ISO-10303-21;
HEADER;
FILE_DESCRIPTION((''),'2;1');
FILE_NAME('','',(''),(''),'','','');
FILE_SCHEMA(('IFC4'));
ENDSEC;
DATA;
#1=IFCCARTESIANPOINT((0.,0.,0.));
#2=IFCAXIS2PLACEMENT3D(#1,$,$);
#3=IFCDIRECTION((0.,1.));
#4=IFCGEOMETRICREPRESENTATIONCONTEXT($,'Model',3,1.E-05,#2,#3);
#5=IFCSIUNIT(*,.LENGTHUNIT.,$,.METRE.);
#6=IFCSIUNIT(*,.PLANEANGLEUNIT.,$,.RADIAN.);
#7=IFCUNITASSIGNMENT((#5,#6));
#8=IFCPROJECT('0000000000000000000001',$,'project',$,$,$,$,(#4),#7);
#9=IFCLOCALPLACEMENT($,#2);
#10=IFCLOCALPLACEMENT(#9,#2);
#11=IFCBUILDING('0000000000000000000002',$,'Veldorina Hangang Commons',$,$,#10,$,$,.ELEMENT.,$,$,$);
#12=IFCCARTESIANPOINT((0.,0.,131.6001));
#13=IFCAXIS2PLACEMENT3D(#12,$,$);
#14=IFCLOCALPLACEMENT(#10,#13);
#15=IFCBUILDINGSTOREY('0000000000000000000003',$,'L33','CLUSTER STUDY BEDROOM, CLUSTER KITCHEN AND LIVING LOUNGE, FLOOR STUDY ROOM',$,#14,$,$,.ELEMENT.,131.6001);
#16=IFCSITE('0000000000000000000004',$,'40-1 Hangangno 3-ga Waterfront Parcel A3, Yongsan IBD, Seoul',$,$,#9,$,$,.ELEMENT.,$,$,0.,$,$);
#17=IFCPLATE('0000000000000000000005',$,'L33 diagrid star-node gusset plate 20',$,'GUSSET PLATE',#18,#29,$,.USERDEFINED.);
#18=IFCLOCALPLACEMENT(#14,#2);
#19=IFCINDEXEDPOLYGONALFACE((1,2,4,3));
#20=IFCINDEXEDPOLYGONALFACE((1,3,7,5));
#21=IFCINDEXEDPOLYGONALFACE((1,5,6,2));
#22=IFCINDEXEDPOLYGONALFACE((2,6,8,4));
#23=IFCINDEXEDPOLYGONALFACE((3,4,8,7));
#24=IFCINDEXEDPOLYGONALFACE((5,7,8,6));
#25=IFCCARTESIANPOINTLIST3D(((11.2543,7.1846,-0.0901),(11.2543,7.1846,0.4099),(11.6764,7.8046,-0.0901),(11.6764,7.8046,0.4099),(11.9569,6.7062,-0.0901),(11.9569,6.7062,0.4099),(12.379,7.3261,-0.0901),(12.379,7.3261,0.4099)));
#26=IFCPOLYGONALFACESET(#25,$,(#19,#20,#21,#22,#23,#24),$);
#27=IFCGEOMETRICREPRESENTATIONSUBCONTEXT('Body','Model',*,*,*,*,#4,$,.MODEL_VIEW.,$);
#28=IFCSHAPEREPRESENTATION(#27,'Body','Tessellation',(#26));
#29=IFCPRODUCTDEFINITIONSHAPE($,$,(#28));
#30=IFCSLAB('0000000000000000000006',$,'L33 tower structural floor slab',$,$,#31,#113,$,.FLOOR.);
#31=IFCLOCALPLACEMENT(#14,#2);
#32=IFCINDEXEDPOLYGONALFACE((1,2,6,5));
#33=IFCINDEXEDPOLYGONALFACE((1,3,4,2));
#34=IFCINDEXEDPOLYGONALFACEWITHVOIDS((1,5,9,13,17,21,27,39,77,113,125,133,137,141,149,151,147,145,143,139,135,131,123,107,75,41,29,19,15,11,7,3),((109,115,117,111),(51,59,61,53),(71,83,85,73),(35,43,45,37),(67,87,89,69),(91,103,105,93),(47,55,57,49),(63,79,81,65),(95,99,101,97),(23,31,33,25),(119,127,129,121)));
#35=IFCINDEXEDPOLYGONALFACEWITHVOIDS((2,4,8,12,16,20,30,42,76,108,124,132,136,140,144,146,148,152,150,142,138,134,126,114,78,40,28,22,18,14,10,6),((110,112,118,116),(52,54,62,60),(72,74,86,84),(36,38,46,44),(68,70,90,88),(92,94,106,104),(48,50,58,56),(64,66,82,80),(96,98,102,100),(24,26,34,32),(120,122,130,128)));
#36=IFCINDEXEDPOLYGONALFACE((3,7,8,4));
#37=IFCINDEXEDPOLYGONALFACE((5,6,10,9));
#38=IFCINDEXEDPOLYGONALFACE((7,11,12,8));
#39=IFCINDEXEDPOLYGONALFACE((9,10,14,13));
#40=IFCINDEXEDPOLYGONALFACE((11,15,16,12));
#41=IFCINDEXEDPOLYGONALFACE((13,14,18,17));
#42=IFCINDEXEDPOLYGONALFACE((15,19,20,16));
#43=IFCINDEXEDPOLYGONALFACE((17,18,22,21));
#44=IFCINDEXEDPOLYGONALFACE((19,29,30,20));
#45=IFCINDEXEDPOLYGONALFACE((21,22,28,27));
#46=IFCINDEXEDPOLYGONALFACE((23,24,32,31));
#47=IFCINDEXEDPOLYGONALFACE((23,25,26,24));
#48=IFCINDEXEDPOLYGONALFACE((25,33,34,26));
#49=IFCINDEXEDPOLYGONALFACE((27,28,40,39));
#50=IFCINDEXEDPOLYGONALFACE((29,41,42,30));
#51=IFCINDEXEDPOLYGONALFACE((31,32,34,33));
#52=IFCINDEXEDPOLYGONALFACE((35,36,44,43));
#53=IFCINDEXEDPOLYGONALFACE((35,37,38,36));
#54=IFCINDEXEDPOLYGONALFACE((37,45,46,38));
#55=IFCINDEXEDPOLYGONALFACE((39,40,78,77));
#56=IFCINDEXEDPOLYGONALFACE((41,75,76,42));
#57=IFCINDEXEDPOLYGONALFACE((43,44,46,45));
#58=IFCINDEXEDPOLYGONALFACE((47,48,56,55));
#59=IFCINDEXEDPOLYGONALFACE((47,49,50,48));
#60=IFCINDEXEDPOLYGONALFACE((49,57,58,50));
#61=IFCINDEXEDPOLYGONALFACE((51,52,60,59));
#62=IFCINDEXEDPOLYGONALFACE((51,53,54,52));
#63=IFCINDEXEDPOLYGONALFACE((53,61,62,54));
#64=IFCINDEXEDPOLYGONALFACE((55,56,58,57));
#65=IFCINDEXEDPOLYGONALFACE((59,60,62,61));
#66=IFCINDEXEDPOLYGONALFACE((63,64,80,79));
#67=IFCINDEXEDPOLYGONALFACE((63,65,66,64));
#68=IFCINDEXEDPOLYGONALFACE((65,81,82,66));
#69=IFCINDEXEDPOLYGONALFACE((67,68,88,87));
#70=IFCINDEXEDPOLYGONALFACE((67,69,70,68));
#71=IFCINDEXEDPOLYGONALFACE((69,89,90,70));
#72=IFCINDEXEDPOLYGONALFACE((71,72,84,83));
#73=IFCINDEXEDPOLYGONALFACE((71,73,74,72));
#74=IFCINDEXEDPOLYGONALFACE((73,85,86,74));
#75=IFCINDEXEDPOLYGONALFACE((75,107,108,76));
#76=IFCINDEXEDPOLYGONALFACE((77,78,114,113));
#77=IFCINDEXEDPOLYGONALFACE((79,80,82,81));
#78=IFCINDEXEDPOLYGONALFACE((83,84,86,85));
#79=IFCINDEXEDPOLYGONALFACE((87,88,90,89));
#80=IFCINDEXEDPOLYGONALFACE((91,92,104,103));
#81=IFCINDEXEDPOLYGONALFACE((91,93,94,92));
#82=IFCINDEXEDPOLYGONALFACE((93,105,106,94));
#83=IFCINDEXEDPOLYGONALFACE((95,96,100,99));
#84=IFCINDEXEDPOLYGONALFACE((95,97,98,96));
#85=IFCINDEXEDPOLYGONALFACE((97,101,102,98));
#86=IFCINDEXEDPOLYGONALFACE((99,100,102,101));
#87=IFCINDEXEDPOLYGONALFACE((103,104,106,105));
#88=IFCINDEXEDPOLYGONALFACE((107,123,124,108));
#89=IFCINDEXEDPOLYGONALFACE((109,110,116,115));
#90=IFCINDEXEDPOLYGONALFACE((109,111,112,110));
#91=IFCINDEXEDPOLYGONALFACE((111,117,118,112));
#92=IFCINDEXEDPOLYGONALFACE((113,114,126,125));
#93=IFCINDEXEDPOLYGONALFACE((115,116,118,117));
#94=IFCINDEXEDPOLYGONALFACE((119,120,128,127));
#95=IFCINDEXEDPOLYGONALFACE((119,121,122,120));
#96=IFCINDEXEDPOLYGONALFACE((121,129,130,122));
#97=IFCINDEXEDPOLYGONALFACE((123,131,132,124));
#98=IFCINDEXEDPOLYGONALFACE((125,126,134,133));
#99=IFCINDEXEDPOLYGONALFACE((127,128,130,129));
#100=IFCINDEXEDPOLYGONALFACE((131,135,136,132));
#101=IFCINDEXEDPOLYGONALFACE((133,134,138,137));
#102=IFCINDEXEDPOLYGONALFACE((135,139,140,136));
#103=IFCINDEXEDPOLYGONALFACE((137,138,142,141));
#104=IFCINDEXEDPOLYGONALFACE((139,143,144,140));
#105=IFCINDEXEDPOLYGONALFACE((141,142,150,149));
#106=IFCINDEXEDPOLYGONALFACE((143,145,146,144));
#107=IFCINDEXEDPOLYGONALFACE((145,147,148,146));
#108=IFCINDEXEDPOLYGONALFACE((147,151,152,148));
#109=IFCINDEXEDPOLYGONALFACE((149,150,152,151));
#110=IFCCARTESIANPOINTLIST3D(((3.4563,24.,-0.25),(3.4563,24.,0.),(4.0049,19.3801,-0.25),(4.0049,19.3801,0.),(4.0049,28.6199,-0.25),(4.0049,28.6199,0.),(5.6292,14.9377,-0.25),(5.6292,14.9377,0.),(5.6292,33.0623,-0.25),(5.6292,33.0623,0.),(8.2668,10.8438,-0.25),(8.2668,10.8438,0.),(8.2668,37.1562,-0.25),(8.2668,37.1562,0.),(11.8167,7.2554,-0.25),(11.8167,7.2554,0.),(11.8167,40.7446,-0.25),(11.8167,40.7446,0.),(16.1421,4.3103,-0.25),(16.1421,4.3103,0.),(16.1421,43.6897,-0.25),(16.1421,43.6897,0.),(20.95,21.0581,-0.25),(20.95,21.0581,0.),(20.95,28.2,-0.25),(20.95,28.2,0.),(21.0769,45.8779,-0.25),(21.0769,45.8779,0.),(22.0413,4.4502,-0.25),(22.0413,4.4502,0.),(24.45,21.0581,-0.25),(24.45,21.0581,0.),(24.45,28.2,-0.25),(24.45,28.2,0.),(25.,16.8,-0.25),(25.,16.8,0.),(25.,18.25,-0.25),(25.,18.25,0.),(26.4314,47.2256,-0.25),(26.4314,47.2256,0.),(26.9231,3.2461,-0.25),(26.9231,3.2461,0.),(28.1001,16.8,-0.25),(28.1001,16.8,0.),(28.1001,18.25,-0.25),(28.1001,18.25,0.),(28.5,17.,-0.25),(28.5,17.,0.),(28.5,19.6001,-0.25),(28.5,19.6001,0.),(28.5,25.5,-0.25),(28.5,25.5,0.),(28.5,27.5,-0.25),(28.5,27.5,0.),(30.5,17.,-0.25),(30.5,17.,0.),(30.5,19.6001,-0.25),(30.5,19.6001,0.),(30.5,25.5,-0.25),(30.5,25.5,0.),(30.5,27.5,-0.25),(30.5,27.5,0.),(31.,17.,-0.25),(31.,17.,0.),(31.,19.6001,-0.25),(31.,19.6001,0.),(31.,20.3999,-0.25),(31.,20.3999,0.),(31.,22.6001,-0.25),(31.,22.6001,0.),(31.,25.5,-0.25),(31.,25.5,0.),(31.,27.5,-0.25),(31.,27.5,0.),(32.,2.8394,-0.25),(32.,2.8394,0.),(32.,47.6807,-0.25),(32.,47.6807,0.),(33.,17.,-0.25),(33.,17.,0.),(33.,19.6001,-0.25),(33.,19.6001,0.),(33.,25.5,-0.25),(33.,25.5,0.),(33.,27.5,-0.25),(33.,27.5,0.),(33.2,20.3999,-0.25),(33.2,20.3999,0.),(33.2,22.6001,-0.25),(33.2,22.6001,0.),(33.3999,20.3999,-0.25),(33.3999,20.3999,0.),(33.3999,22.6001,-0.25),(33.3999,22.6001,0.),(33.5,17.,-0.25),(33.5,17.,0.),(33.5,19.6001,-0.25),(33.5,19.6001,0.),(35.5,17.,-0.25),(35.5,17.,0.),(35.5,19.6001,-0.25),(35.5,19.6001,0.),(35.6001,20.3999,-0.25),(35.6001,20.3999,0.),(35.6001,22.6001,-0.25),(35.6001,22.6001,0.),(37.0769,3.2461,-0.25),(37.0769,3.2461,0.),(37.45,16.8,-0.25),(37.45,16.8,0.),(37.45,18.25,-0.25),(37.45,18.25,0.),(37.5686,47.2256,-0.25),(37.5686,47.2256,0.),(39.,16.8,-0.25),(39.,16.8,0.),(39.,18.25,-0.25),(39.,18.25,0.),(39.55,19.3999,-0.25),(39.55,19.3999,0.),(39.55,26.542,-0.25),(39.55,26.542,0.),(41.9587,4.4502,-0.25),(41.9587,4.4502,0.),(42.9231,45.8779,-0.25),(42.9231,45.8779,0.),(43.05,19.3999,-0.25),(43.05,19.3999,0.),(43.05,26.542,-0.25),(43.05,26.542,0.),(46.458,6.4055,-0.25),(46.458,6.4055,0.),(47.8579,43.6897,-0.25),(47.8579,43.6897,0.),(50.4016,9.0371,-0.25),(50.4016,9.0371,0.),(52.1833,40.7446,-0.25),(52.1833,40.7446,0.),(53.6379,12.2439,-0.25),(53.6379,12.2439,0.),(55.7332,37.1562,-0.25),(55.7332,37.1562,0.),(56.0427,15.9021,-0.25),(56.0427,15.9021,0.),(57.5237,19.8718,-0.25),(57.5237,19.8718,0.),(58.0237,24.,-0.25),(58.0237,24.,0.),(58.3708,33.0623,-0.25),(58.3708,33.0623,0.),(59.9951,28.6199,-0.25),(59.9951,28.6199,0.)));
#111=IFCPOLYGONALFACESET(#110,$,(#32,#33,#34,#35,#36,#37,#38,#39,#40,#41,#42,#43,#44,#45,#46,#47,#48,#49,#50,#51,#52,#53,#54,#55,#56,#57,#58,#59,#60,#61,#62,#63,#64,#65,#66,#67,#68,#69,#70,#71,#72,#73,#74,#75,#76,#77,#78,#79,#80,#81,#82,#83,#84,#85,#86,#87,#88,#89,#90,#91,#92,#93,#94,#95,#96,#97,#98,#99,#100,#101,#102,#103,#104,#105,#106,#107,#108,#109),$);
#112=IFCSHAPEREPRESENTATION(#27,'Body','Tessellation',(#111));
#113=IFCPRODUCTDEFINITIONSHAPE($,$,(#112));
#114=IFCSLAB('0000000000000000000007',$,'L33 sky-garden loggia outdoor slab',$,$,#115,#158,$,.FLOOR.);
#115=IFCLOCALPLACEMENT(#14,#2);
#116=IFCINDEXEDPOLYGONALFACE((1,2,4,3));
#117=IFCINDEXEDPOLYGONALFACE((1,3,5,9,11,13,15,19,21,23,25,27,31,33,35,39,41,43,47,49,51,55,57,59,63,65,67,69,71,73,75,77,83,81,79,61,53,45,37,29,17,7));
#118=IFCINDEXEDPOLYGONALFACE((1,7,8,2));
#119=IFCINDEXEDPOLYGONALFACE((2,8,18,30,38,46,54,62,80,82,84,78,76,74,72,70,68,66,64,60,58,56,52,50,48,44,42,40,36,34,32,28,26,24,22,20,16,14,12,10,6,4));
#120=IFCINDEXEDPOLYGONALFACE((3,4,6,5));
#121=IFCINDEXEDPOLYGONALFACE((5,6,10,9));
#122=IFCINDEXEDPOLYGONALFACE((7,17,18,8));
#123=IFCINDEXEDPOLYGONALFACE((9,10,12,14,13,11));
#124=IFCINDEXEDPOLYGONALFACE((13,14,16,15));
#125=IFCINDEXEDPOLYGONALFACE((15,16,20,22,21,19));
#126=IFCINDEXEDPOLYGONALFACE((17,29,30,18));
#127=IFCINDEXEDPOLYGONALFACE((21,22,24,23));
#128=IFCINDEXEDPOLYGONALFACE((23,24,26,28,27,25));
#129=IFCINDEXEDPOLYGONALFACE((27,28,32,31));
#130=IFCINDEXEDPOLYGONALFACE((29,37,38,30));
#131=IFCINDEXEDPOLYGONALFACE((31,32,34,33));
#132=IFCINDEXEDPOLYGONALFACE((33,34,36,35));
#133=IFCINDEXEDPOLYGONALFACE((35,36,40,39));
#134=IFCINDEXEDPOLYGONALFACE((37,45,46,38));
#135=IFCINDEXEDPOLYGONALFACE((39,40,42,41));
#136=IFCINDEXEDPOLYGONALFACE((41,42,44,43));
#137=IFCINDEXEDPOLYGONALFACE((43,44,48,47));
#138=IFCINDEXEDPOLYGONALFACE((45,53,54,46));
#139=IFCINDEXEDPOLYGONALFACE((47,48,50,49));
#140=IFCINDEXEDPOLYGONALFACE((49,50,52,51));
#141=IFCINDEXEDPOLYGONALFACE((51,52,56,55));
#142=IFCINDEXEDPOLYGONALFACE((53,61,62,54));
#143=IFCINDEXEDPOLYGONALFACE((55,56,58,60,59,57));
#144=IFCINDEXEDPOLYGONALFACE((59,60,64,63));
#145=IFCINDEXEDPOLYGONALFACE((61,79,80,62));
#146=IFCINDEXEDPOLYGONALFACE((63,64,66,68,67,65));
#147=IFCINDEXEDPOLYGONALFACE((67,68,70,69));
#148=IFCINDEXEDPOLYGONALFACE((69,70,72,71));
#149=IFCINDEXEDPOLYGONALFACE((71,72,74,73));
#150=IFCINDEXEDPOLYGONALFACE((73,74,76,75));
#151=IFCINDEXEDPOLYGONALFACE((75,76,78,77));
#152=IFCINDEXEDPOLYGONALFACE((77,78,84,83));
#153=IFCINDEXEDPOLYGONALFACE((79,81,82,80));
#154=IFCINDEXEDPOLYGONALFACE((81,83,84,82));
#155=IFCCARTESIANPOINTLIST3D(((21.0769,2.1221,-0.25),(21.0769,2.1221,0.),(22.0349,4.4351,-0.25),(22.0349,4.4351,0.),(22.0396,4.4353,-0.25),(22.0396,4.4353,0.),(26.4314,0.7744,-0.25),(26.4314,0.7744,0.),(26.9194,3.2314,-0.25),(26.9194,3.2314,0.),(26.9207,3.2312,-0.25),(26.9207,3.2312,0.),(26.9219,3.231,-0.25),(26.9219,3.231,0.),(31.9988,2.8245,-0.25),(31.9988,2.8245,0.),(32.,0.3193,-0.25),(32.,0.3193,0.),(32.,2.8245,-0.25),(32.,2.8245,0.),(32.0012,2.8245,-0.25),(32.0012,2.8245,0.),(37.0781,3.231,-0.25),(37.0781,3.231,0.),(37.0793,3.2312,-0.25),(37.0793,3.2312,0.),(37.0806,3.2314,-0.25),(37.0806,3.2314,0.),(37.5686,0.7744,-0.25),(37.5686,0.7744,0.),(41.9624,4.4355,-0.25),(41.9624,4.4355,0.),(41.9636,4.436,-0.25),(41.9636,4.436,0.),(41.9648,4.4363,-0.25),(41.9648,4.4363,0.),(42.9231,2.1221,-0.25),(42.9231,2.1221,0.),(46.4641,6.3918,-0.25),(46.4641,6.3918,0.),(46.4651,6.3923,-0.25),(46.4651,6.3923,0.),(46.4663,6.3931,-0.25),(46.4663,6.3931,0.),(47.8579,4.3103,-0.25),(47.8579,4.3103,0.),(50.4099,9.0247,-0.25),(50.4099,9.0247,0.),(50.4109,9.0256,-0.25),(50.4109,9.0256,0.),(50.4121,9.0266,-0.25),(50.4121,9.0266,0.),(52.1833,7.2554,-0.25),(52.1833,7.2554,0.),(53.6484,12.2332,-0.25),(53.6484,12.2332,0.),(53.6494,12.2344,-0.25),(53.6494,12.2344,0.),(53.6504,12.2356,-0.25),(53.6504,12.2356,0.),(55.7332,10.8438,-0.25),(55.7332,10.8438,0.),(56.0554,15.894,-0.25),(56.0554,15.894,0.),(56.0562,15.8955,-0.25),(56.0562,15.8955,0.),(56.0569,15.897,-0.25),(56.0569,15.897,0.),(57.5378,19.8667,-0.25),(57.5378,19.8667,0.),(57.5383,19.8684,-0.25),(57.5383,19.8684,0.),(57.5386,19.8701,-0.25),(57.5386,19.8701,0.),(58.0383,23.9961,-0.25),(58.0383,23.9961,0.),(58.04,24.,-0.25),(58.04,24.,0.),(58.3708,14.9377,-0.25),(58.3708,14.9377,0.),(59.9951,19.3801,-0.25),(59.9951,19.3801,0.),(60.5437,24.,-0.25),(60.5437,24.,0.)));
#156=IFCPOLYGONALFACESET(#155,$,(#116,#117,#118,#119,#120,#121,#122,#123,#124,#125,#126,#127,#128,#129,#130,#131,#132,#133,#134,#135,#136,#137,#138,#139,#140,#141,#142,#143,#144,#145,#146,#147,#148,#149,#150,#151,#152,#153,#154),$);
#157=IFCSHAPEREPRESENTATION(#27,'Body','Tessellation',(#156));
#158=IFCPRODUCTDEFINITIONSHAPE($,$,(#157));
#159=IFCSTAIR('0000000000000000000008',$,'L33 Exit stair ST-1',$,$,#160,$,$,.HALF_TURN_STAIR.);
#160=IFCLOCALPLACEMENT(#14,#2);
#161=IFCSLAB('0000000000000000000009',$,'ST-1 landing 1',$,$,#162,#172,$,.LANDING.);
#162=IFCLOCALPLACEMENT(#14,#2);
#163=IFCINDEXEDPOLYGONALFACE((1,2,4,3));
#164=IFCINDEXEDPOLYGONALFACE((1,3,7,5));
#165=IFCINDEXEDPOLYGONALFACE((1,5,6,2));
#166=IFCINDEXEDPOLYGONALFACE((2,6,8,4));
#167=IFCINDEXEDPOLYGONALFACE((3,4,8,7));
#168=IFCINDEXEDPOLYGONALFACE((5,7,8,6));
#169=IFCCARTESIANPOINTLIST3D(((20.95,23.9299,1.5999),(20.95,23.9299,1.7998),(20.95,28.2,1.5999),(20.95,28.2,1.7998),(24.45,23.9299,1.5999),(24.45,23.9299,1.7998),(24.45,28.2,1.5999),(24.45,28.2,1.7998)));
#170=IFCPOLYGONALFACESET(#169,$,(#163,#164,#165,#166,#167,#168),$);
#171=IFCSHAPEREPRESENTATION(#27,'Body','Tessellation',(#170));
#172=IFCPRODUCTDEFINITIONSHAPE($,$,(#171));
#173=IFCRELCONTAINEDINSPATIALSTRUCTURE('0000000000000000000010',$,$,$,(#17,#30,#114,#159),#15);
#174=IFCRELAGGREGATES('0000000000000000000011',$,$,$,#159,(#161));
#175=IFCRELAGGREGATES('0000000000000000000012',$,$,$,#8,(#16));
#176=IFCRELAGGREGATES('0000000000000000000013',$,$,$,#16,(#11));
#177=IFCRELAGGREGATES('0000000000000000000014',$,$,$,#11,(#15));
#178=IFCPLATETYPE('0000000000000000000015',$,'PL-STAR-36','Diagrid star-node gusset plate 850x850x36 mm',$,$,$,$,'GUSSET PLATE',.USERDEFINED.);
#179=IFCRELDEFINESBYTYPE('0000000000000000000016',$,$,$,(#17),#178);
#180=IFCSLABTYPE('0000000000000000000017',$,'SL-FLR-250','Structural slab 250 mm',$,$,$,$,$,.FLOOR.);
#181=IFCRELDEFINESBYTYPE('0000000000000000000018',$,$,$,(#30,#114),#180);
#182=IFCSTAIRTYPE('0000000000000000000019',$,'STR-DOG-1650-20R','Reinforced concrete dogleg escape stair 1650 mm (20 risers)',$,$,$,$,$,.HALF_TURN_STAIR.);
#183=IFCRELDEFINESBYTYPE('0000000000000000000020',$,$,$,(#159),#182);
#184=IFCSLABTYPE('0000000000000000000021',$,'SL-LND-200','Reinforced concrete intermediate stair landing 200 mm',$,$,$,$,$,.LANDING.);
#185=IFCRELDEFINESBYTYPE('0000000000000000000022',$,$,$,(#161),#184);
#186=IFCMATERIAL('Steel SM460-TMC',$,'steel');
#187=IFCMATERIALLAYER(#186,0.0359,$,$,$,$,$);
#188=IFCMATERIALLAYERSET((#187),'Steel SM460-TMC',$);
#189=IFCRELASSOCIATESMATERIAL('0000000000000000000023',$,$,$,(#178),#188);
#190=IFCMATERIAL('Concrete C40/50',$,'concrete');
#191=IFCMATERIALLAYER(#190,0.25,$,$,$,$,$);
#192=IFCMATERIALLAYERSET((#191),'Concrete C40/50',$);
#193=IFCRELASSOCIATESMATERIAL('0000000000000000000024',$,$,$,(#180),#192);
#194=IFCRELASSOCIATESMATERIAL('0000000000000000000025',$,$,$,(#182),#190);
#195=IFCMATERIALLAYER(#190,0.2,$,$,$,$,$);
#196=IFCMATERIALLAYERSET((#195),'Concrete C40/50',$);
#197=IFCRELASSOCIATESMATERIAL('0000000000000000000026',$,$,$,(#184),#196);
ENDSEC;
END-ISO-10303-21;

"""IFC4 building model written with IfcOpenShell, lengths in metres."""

from ifc_helpers import new_model, si_unit, direction, frame, origin, origin_2d, place, context, subcontext, project, spatial, polyline, rectangle, outline, extrude, material, layer, layer_set, type_object, element, aggregate, save


model = new_model("IFC4")

# Units and contexts
model_context = context("Model", 3, precision=1e-05, world=origin(), true_north=direction((0.0, 1.0)))
body_context = subcontext(model_context, "Body", "Model", "MODEL_VIEW")
ifc_project = project(units=[si_unit("LENGTHUNIT", "METRE"), si_unit("PLANEANGLEUNIT", "RADIAN")], contexts=[model_context])

# Site, building, storey
site_placement = place(None, origin())
site = spatial("IfcSite", under=ifc_project, at=site_placement, Name="40-1 Hangangno 3-ga Waterfront Parcel A3, Yongsan IBD, Seoul", CompositionType="ELEMENT", RefElevation=0.0)
building_placement = place(site_placement, origin())
building = spatial("IfcBuilding", under=site, at=building_placement, Name="Veldorina Hangang Commons", CompositionType="ELEMENT")
storey_placement = place(building_placement, frame((0.0, 0.0, 131.6001)))
storey = spatial("IfcBuildingStorey", under=building, at=storey_placement, Name="L33", Description="CLUSTER STUDY BEDROOM, CLUSTER KITCHEN AND LIVING LOUNGE, FLOOR STUDY ROOM", CompositionType="ELEMENT", Elevation=131.6001)

# Plate
ifc_material_1 = material(Name="Steel SM460-TMC", Category="steel")
ifc_layer_1 = layer(ifc_material_1, 0.0359)
ifc_layer_set_1 = layer_set([ifc_layer_1], Name="Steel SM460-TMC")
plate_type = type_object("IfcPlateType", Name="PL-STAR-36", Description="Diagrid star-node gusset plate 850x850x36 mm", ElementType="GUSSET PLATE", PredefinedType="USERDEFINED", material=ifc_layer_set_1)
plate_1_placement = place(storey_placement, frame((11.8167, 7.2554, -0.0901), z_axis=(0.0, 0.0, 1.0), x_axis=(0.8266, -0.562791, 0.0)))
element("IfcPlate", 1, at=plate_1_placement, inside=storey, type_object=plate_type, Name="L33 diagrid star-node gusset plate 20", ObjectType="GUSSET PLATE", PredefinedType="USERDEFINED", context=body_context, shape_type="SweptSolid", body=[
    extrude(rectangle(XDim=0.8501, YDim=0.75, at=origin_2d()), origin(), (0.0, 0.0, 1.0), 0.5),
])

# Slabs
ifc_material_2 = material(Name="Concrete C40/50", Category="concrete")
ifc_layer_2 = layer(ifc_material_2, 0.25)
ifc_layer_set_2 = layer_set([ifc_layer_2], Name="Concrete C40/50")
slab_type_1 = type_object("IfcSlabType", Name="SL-FLR-250", Description="Structural slab 250 mm", PredefinedType="FLOOR", material=ifc_layer_set_2)
slab_1_placement = place(storey_placement, frame((0.0, 0.0, -0.25)))
element("IfcSlab", 2, at=slab_1_placement, inside=storey, type_object=slab_type_1, Name="L33 tower structural floor slab", PredefinedType="FLOOR", context=body_context, shape_type="SweptSolid", body=[
    extrude(outline(polyline([(58.0237, 24.0), (59.9951, 28.6199), (58.3708, 33.0623), (55.7332, 37.1562), (52.1833, 40.7446), (47.8579, 43.6897), (42.9231, 45.8779), (37.5686, 47.2256), (32.0, 47.6807), (26.4314, 47.2256), (21.0769, 45.8779), (16.1421, 43.6897), (11.8167, 40.7446), (8.2668, 37.1562), (5.6292, 33.0623), (4.0049, 28.6199), (3.4563, 24.0), (4.0049, 19.3801), (5.6292, 14.9377), (8.2668, 10.8438), (11.8167, 7.2554), (16.1421, 4.3103), (22.0413, 4.4502), (26.9231, 3.2461), (32.0, 2.8394), (37.0769, 3.2461), (41.9587, 4.4502), (46.458, 6.4055), (50.4016, 9.0371), (53.6379, 12.2439), (56.0427, 15.9021), (57.5237, 19.8718), (58.0237, 24.0)]), holes=[polyline([(20.95, 21.0581), (20.95, 28.2), (24.45, 28.2), (24.45, 21.0581), (20.95, 21.0581)]), polyline([(43.05, 26.542), (43.05, 19.3999), (39.55, 19.3999), (39.55, 26.542), (43.05, 26.542)]), polyline([(28.5, 27.5), (30.5, 27.5), (30.5, 25.5), (28.5, 25.5), (28.5, 27.5)]), polyline([(31.0, 27.5), (33.0, 27.5), (33.0, 25.5), (31.0, 25.5), (31.0, 27.5)]), polyline([(31.0, 22.6001), (33.2, 22.6001), (33.2, 20.3999), (31.0, 20.3999), (31.0, 22.6001)]), polyline([(33.3999, 22.6001), (35.6001, 22.6001), (35.6001, 20.3999), (33.3999, 20.3999), (33.3999, 22.6001)]), polyline([(28.5, 19.6001), (30.5, 19.6001), (30.5, 17.0), (28.5, 17.0), (28.5, 19.6001)]), polyline([(31.0, 19.6001), (33.0, 19.6001), (33.0, 17.0), (31.0, 17.0), (31.0, 19.6001)]), polyline([(33.5, 19.6001), (35.5, 19.6001), (35.5, 17.0), (33.5, 17.0), (33.5, 19.6001)]), polyline([(25.0, 18.25), (28.1001, 18.25), (28.1001, 16.8), (25.0, 16.8), (25.0, 18.25)]), polyline([(37.45, 18.25), (39.0, 18.25), (39.0, 16.8), (37.45, 16.8), (37.45, 18.25)])]), origin(), (0.0, 0.0, 1.0), 0.25),
])
slab_2_placement = place(storey_placement, frame((0.0, 0.0, -0.25)))
element("IfcSlab", 3, at=slab_2_placement, inside=storey, type_object=slab_type_1, Name="L33 sky-garden loggia outdoor slab", PredefinedType="FLOOR", context=body_context, shape_type="SweptSolid", body=[
    extrude(outline(polyline([(60.5437, 24.0), (59.9951, 19.3801), (58.3708, 14.9377), (55.7332, 10.8438), (52.1833, 7.2554), (47.8579, 4.3103), (42.9231, 2.1221), (37.5686, 0.7744), (32.0, 0.3193), (26.4314, 0.7744), (21.0769, 2.1221), (22.0349, 4.4351), (22.0396, 4.4353), (26.9194, 3.2314), (26.9207, 3.2312), (26.9219, 3.231), (31.9988, 2.8245), (32.0, 2.8245), (32.0012, 2.8245), (37.0781, 3.231), (37.0793, 3.2312), (37.0806, 3.2314), (41.9624, 4.4355), (41.9636, 4.436), (41.9648, 4.4363), (46.4641, 6.3918), (46.4651, 6.3923), (46.4663, 6.3931), (50.4099, 9.0247), (50.4109, 9.0256), (50.4121, 9.0266), (53.6484, 12.2332), (53.6494, 12.2344), (53.6504, 12.2356), (56.0554, 15.894), (56.0562, 15.8955), (56.0569, 15.897), (57.5378, 19.8667), (57.5383, 19.8684), (57.5386, 19.8701), (58.0383, 23.9961), (58.04, 24.0), (60.5437, 24.0)])), origin(), (0.0, 0.0, 1.0), 0.25),
])

# Stair, slab
stair_type = type_object("IfcStairType", Name="STR-DOG-1650-20R", Description="Reinforced concrete dogleg escape stair 1650 mm (20 risers)", PredefinedType="HALF_TURN_STAIR", material=ifc_material_2)
stair_1_placement = place(storey_placement, origin())
stair_1 = element("IfcStair", 4, at=stair_1_placement, inside=storey, type_object=stair_type, Name="L33 Exit stair ST-1", PredefinedType="HALF_TURN_STAIR")
ifc_layer_3 = layer(ifc_material_2, 0.2)
ifc_layer_set_3 = layer_set([ifc_layer_3], Name="Concrete C40/50")
slab_type_2 = type_object("IfcSlabType", Name="SL-LND-200", Description="Reinforced concrete intermediate stair landing 200 mm", PredefinedType="LANDING", material=ifc_layer_set_3)
slab_3_placement = place(storey_placement, frame((0.0, 0.0, 1.5999)))
slab_3 = element("IfcSlab", 5, at=slab_3_placement, type_object=slab_type_2, Name="ST-1 landing 1", PredefinedType="LANDING", context=body_context, shape_type="SweptSolid", body=[
    extrude(outline(polyline([(24.45, 23.9299), (24.45, 28.2), (20.95, 28.2), (20.95, 23.9299), (24.45, 23.9299)])), origin(), (0.0, 0.0, 1.0), 0.2),
])
aggregate(stair_1, [slab_3])

save(model, "model.ifc")
